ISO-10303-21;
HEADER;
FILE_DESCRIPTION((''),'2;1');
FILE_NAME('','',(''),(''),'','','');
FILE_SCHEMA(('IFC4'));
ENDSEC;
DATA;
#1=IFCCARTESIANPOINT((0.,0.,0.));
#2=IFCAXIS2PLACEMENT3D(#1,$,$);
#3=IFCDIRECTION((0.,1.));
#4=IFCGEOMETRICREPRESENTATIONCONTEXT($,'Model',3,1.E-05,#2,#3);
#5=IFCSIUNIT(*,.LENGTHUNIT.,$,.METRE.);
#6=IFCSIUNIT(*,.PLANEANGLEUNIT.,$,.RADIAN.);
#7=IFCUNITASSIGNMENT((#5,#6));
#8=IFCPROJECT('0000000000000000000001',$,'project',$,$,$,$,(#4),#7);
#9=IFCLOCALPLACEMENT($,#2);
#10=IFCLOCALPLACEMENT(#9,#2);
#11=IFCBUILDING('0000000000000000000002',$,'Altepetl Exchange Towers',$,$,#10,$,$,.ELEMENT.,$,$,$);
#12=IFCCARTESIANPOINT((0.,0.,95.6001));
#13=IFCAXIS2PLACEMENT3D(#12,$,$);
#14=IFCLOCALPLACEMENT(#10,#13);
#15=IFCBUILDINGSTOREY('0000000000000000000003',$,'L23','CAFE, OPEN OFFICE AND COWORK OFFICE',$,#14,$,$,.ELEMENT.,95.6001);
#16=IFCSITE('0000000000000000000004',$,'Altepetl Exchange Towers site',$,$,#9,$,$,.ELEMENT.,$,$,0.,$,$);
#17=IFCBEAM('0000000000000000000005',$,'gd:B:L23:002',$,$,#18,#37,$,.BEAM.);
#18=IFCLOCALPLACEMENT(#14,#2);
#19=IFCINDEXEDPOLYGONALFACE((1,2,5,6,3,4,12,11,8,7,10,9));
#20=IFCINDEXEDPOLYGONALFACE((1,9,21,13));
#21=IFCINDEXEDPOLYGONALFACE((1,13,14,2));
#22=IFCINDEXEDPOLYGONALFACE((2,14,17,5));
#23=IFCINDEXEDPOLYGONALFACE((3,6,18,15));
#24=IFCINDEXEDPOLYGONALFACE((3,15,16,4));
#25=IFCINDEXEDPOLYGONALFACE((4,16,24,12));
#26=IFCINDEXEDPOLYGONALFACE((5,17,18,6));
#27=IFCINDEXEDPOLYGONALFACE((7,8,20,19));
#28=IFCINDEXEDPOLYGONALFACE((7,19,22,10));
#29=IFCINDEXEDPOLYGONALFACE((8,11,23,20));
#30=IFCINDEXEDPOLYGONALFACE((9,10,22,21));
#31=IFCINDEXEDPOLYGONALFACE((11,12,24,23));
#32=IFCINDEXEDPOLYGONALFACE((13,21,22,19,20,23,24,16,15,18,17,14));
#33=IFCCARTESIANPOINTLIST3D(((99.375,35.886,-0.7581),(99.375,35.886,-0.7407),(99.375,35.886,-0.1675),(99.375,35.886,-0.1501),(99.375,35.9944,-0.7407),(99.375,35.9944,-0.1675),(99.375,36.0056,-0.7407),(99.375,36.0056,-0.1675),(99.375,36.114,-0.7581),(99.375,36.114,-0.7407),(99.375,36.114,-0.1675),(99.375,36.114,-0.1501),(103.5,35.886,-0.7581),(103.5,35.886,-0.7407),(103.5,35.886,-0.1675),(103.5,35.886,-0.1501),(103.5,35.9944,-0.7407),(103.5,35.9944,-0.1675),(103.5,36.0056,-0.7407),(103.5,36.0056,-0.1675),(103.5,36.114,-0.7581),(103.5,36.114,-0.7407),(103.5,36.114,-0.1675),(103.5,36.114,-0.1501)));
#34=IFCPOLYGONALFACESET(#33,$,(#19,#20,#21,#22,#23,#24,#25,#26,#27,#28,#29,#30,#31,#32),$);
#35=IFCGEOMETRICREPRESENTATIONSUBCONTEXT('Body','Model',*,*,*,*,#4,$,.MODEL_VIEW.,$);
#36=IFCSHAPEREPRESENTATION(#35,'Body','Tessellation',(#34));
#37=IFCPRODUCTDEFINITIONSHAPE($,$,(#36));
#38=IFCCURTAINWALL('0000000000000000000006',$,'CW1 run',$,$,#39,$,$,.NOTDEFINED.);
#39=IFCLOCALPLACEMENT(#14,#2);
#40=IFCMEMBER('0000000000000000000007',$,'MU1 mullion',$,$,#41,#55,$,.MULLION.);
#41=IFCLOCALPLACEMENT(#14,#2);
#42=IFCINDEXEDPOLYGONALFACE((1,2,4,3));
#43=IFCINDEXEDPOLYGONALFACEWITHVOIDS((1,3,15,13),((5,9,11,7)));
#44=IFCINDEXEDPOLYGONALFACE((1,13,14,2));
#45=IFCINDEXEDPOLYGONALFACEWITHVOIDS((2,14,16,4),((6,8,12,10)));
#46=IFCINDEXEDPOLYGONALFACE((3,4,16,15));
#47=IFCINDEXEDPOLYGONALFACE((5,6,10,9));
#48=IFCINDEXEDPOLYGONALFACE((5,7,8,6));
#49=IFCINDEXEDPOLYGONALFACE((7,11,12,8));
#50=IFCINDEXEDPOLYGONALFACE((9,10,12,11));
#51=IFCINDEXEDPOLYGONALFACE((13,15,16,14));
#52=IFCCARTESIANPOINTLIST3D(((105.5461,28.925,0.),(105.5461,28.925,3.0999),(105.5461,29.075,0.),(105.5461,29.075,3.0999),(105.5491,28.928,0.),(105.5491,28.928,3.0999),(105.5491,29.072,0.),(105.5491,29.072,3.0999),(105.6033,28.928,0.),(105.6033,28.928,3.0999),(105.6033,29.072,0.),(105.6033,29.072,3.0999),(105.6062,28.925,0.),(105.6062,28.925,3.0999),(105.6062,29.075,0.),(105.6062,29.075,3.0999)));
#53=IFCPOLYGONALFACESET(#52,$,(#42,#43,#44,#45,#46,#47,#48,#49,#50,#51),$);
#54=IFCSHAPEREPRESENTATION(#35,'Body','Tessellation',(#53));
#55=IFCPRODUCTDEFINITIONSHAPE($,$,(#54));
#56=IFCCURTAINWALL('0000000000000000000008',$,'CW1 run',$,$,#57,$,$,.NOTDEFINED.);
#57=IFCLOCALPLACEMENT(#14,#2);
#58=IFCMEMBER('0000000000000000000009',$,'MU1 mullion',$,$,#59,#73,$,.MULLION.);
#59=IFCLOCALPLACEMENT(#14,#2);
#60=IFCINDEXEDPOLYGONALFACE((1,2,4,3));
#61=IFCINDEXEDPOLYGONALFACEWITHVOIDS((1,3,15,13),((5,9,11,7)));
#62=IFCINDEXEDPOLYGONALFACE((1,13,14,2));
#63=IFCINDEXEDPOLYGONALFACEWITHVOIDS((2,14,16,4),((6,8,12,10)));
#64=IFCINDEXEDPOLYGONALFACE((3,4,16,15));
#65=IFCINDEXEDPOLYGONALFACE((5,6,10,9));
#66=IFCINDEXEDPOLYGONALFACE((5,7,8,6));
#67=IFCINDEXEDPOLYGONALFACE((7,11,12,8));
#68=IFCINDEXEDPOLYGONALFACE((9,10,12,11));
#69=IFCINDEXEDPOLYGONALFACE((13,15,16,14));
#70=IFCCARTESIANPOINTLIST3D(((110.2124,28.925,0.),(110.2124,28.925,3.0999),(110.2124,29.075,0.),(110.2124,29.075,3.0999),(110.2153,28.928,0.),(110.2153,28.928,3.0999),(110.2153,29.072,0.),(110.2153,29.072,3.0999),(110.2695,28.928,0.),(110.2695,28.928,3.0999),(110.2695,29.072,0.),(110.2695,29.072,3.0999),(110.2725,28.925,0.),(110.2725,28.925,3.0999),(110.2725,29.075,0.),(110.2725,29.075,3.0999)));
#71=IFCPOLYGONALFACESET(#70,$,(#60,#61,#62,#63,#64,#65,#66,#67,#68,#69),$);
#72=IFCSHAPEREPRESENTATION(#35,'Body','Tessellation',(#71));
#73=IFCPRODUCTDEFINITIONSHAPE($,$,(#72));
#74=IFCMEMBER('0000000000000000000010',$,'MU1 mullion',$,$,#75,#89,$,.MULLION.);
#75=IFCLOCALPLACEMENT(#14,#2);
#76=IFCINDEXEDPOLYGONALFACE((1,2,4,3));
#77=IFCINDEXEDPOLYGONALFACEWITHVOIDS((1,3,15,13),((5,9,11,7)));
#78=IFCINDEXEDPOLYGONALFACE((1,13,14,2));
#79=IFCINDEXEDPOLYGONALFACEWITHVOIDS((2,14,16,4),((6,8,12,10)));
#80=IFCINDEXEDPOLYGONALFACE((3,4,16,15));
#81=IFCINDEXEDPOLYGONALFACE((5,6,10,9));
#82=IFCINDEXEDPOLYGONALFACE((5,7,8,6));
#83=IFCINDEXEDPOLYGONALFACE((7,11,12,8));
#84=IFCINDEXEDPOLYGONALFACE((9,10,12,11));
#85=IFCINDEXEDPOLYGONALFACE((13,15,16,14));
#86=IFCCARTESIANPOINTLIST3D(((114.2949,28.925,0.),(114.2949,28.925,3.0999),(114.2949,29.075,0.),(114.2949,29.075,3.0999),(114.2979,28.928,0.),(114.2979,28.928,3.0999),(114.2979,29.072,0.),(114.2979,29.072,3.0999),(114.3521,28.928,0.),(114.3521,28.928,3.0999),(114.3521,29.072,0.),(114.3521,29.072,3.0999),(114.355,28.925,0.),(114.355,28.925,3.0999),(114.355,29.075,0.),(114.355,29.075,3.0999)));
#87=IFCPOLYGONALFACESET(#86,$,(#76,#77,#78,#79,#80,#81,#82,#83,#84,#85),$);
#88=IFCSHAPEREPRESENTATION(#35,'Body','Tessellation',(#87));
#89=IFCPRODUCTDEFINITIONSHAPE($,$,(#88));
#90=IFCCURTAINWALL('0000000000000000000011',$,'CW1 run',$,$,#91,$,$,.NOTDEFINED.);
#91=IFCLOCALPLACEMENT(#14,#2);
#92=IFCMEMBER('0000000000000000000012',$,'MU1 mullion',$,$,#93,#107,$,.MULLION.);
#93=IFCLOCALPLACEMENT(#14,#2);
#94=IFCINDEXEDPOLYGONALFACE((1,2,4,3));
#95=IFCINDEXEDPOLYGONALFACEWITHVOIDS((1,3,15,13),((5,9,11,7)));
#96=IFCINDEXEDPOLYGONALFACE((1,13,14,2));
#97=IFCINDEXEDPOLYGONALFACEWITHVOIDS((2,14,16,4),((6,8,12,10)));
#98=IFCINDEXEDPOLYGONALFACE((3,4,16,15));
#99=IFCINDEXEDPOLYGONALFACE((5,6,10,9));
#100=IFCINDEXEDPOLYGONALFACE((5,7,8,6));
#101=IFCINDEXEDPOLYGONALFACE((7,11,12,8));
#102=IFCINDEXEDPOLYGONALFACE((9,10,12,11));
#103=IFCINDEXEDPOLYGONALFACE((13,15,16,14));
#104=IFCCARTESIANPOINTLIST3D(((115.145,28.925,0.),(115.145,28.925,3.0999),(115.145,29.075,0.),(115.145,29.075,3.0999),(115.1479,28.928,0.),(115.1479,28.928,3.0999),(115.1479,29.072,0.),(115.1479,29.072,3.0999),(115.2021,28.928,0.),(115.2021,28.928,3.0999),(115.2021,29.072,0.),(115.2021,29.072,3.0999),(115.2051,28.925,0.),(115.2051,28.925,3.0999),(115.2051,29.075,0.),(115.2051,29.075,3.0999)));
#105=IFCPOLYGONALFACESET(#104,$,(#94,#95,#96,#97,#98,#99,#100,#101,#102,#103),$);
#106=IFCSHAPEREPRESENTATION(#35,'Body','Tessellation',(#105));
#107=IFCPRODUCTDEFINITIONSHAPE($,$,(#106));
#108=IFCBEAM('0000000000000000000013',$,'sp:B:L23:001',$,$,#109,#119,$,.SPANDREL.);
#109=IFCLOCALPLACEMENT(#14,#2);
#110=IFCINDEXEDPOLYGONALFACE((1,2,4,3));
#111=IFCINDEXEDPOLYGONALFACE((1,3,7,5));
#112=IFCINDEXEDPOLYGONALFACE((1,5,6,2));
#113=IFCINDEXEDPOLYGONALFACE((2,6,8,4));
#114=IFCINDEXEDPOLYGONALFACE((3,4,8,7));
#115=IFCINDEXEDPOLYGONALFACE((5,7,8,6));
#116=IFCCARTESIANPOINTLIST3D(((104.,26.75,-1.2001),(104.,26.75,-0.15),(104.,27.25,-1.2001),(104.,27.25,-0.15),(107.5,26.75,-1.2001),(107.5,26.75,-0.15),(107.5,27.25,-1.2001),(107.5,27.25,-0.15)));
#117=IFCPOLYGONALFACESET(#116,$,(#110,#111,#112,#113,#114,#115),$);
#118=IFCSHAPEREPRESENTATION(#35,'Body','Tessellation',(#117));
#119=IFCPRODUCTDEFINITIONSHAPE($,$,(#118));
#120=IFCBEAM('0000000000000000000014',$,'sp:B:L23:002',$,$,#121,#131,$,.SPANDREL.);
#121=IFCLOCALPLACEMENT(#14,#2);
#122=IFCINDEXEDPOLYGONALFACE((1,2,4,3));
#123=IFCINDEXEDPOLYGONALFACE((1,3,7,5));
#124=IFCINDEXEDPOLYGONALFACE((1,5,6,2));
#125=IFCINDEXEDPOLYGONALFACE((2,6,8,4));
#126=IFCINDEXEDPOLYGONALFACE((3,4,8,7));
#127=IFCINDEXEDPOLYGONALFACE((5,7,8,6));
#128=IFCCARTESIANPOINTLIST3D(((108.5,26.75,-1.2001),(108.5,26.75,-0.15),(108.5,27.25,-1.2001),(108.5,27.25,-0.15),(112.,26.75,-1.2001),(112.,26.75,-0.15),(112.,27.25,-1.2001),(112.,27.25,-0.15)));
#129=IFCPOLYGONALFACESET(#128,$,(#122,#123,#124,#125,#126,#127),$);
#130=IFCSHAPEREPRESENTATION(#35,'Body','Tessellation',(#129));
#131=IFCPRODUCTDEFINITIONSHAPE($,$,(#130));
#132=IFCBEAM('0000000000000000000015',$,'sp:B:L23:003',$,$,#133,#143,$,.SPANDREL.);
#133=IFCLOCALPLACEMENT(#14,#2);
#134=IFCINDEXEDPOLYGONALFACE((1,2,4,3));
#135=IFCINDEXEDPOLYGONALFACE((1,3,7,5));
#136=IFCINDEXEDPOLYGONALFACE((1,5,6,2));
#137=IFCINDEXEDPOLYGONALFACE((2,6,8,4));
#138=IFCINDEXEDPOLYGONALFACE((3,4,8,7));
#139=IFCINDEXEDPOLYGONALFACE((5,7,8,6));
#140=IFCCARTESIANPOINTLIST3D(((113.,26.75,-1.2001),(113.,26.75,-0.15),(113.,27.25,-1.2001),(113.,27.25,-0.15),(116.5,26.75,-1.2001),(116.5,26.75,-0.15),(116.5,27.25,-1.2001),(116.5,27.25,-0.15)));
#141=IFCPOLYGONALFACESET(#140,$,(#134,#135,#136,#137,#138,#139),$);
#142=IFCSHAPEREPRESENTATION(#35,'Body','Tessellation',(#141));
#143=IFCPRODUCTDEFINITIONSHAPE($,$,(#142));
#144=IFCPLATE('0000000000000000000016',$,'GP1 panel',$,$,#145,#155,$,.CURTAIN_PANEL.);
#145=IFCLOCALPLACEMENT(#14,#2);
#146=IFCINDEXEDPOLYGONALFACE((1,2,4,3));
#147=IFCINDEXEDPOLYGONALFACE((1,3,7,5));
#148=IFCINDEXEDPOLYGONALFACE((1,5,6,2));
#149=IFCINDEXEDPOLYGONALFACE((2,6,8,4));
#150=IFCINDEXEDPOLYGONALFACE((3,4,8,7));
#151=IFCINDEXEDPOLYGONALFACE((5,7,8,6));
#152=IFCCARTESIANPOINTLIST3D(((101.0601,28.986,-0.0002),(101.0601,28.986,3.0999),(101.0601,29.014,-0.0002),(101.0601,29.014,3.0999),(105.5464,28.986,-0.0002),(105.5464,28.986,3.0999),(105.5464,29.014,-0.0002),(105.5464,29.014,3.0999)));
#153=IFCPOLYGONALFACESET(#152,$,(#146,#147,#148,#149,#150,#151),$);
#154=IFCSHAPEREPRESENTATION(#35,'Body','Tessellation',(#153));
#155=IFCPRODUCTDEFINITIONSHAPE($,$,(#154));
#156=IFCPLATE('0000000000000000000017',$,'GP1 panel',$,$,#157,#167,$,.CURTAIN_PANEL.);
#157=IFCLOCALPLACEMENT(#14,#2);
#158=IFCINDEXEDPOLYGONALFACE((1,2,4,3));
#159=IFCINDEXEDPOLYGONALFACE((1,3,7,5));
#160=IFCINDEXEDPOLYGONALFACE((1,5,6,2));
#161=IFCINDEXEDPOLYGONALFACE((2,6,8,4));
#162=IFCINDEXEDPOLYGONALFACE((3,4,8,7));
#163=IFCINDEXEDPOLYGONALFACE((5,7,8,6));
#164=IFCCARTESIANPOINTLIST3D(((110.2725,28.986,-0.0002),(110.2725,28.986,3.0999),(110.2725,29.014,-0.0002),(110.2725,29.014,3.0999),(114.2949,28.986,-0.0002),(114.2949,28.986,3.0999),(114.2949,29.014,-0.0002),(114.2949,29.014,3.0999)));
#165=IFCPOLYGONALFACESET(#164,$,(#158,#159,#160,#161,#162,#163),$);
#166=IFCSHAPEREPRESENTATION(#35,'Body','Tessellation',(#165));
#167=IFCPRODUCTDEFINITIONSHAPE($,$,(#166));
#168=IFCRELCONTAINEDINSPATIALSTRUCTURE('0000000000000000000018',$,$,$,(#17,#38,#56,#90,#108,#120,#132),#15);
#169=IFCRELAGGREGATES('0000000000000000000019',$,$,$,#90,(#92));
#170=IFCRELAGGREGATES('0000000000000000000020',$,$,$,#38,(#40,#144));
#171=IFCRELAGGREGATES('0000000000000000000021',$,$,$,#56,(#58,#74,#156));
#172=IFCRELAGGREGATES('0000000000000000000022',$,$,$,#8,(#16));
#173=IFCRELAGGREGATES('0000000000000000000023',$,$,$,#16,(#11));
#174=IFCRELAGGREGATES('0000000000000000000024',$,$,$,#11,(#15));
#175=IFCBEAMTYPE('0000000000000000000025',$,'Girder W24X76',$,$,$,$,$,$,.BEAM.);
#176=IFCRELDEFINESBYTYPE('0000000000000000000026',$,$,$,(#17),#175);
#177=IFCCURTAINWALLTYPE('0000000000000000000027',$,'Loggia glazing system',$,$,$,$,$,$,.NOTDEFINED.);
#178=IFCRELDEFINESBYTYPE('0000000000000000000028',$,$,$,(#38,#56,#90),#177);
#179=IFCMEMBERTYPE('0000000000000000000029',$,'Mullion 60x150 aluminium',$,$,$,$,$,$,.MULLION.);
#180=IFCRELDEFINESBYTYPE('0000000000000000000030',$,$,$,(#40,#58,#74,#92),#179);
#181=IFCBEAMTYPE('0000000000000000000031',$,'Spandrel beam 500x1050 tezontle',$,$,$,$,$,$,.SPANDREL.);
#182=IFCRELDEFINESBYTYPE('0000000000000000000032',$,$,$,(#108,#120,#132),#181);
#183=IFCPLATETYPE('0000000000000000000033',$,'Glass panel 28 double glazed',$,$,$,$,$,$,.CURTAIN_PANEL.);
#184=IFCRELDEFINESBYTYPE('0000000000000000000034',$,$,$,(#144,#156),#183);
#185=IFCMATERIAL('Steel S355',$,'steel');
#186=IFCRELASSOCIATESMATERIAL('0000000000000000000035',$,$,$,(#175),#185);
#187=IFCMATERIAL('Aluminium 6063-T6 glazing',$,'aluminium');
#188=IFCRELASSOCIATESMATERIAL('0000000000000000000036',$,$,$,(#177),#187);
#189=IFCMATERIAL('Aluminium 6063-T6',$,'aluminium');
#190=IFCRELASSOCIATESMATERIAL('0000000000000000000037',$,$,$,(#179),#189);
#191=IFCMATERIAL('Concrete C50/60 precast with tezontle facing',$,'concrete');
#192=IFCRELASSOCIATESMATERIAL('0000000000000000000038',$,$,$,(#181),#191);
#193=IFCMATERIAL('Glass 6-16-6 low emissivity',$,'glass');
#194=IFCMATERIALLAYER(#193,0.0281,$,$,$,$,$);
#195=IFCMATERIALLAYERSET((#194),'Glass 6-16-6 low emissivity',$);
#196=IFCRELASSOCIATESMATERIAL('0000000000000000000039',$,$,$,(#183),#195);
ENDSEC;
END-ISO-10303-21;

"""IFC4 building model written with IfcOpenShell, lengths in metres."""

from ifc_helpers import new_model, si_unit, direction, frame, origin, origin_2d, place, context, subcontext, project, spatial, rectangle, hollow_rectangle, i_section, extrude, material, layer, layer_set, material_profile, profile_set, type_object, element, aggregate, save


model = new_model("IFC4")

# Units and contexts
model_context = context("Model", 3, precision=1e-05, world=origin(), true_north=direction((0.0, 1.0)))
body_context = subcontext(model_context, "Body", "Model", "MODEL_VIEW")
ifc_project = project(units=[si_unit("LENGTHUNIT", "METRE"), si_unit("PLANEANGLEUNIT", "RADIAN")], contexts=[model_context])

# Site, building, storey
site_placement = place(None, origin())
site = spatial("IfcSite", under=ifc_project, at=site_placement, Name="Altepetl Exchange Towers site", CompositionType="ELEMENT", RefElevation=0.0)
building_placement = place(site_placement, origin())
building = spatial("IfcBuilding", under=site, at=building_placement, Name="Altepetl Exchange Towers", CompositionType="ELEMENT")
storey_placement = place(building_placement, frame((0.0, 0.0, 95.6001)))
storey = spatial("IfcBuildingStorey", under=building, at=storey_placement, Name="L23", Description="CAFE, OPEN OFFICE AND COWORK OFFICE", CompositionType="ELEMENT", Elevation=95.6001)

# Beam
ifc_material_1 = material(Name="Steel S355", Category="steel")
ifc_material_profile_1 = material_profile(ifc_material_1, i_section(OverallWidth=0.228, OverallDepth=0.6079, WebThickness=0.0112, FlangeThickness=0.0173, at=origin_2d()), Name="W24X76")
ifc_profile_set_1 = profile_set([ifc_material_profile_1], Name="Steel S355")
beam_type_1 = type_object("IfcBeamType", Name="Girder W24X76", PredefinedType="BEAM", material=ifc_profile_set_1)
beam_1_placement = place(storey_placement, frame((103.5, 36.0, -0.4541), z_axis=(-1.0, 0.0, 0.0), x_axis=(0.0, -1.0, 0.0)))
element("IfcBeam", 1, at=beam_1_placement, inside=storey, type_object=beam_type_1, Name="gd:B:L23:002", PredefinedType="BEAM", context=body_context, shape_type="SweptSolid", body=[
    extrude(i_section(OverallWidth=0.228, OverallDepth=0.6079, WebThickness=0.0112, FlangeThickness=0.0173, at=origin_2d()), origin(), (0.0, 0.0, 1.0), 4.125),
])

# Curtain wall, member
ifc_material_2 = material(Name="Aluminium 6063-T6 glazing", Category="aluminium")
curtain_wall_type = type_object("IfcCurtainWallType", Name="Loggia glazing system", PredefinedType="NOTDEFINED", material=ifc_material_2)
curtain_wall_1_placement = place(storey_placement, origin())
curtain_wall_1 = element("IfcCurtainWall", 2, at=curtain_wall_1_placement, inside=storey, type_object=curtain_wall_type, Name="CW1 run", PredefinedType="NOTDEFINED")
ifc_material_3 = material(Name="Aluminium 6063-T6", Category="aluminium")
ifc_material_profile_2 = material_profile(ifc_material_3, hollow_rectangle(XDim=0.0601, YDim=0.1499, WallThickness=0.0029, at=origin_2d()), Name="Mullion 60x150 aluminium")
ifc_profile_set_2 = profile_set([ifc_material_profile_2], Name="Aluminium 6063-T6")
member_type = type_object("IfcMemberType", Name="Mullion 60x150 aluminium", PredefinedType="MULLION", material=ifc_profile_set_2)
member_1_placement = place(storey_placement, frame((105.5762, 29.0, 0.0)))
member_1 = element("IfcMember", 3, at=member_1_placement, type_object=member_type, Name="MU1 mullion", PredefinedType="MULLION", context=body_context, shape_type="SweptSolid", body=[
    extrude(hollow_rectangle(XDim=0.0601, YDim=0.1499, WallThickness=0.0029, at=origin_2d()), origin(), (0.0, 0.0, 1.0), 3.0999),
])

# Curtain wall, members
curtain_wall_2_placement = place(storey_placement, origin())
curtain_wall_2 = element("IfcCurtainWall", 4, at=curtain_wall_2_placement, inside=storey, type_object=curtain_wall_type, Name="CW1 run", PredefinedType="NOTDEFINED")
member_2_placement = place(storey_placement, frame((110.2424, 29.0, 0.0)))
member_2 = element("IfcMember", 5, at=member_2_placement, type_object=member_type, Name="MU1 mullion", PredefinedType="MULLION", context=body_context, shape_type="SweptSolid", body=[
    extrude(hollow_rectangle(XDim=0.0601, YDim=0.1499, WallThickness=0.0029, at=origin_2d()), origin(), (0.0, 0.0, 1.0), 3.0999),
])
member_3_placement = place(storey_placement, frame((114.325, 29.0, 0.0)))
member_3 = element("IfcMember", 6, at=member_3_placement, type_object=member_type, Name="MU1 mullion", PredefinedType="MULLION", context=body_context, shape_type="SweptSolid", body=[
    extrude(hollow_rectangle(XDim=0.0601, YDim=0.1499, WallThickness=0.0029, at=origin_2d()), origin(), (0.0, 0.0, 1.0), 3.0999),
])

# Curtain wall, member
curtain_wall_3_placement = place(storey_placement, origin())
curtain_wall_3 = element("IfcCurtainWall", 7, at=curtain_wall_3_placement, inside=storey, type_object=curtain_wall_type, Name="CW1 run", PredefinedType="NOTDEFINED")
member_4_placement = place(storey_placement, frame((115.175, 29.0, 0.0)))
member_4 = element("IfcMember", 8, at=member_4_placement, type_object=member_type, Name="MU1 mullion", PredefinedType="MULLION", context=body_context, shape_type="SweptSolid", body=[
    extrude(hollow_rectangle(XDim=0.0601, YDim=0.1499, WallThickness=0.0029, at=origin_2d()), origin(), (0.0, 0.0, 1.0), 3.0999),
])
aggregate(curtain_wall_3, [member_4])

# Beams
ifc_material_4 = material(Name="Concrete C50/60 precast with tezontle facing", Category="concrete")
ifc_material_profile_3 = material_profile(ifc_material_4, rectangle(XDim=0.5, YDim=1.05, at=origin_2d()), Name="500 x 1050")
ifc_profile_set_3 = profile_set([ifc_material_profile_3], Name="Concrete C50/60 precast with tezontle facing")
beam_type_2 = type_object("IfcBeamType", Name="Spandrel beam 500x1050 tezontle", PredefinedType="SPANDREL", material=ifc_profile_set_3)
for number, where, z_axis, x_axis, name in (
    (9, (104.0, 27.0, -0.675), (1.0, 0.0, 0.0), (0.0, 1.0, 0.0), "sp:B:L23:001"),
    (10, (108.5, 27.0, -0.675), (1.0, 0.0, 0.0), (0.0, 1.0, 0.0), "sp:B:L23:002"),
    (11, (113.0, 27.0, -0.675), (1.0, 0.0, 0.0), (0.0, 1.0, 0.0), "sp:B:L23:003"),
):
    element("IfcBeam", number, at=place(storey_placement, frame(where, z_axis=z_axis, x_axis=x_axis)), inside=storey, type_object=beam_type_2, Name=name, PredefinedType="SPANDREL", context=body_context, shape_type="SweptSolid", body=[
        extrude(rectangle(XDim=0.5, YDim=1.05, at=origin_2d()), origin(), (0.0, 0.0, 1.0), 3.5),
    ])

# Plates
ifc_material_5 = material(Name="Glass 6-16-6 low emissivity", Category="glass")
ifc_layer_1 = layer(ifc_material_5, 0.0281)
ifc_layer_set_1 = layer_set([ifc_layer_1], Name="Glass 6-16-6 low emissivity")
plate_type = type_object("IfcPlateType", Name="Glass panel 28 double glazed", PredefinedType="CURTAIN_PANEL", material=ifc_layer_set_1)
plate_1_placement = place(storey_placement, frame((103.3032, 29.0, -0.0002)))
plate_1 = element("IfcPlate", 12, at=plate_1_placement, type_object=plate_type, Name="GP1 panel", PredefinedType="CURTAIN_PANEL", context=body_context, shape_type="SweptSolid", body=[
    extrude(rectangle(XDim=4.4863, YDim=0.0281, at=origin_2d()), origin(), (0.0, 0.0, 1.0), 3.1001),
])
aggregate(curtain_wall_1, [member_1, plate_1])
plate_2_placement = place(storey_placement, frame((112.2837, 29.0, -0.0002)))
plate_2 = element("IfcPlate", 13, at=plate_2_placement, type_object=plate_type, Name="GP1 panel", PredefinedType="CURTAIN_PANEL", context=body_context, shape_type="SweptSolid", body=[
    extrude(rectangle(XDim=4.0225, YDim=0.0281, at=origin_2d()), origin(), (0.0, 0.0, 1.0), 3.1001),
])
aggregate(curtain_wall_2, [member_2, member_3, plate_2])

save(model, "model.ifc")
